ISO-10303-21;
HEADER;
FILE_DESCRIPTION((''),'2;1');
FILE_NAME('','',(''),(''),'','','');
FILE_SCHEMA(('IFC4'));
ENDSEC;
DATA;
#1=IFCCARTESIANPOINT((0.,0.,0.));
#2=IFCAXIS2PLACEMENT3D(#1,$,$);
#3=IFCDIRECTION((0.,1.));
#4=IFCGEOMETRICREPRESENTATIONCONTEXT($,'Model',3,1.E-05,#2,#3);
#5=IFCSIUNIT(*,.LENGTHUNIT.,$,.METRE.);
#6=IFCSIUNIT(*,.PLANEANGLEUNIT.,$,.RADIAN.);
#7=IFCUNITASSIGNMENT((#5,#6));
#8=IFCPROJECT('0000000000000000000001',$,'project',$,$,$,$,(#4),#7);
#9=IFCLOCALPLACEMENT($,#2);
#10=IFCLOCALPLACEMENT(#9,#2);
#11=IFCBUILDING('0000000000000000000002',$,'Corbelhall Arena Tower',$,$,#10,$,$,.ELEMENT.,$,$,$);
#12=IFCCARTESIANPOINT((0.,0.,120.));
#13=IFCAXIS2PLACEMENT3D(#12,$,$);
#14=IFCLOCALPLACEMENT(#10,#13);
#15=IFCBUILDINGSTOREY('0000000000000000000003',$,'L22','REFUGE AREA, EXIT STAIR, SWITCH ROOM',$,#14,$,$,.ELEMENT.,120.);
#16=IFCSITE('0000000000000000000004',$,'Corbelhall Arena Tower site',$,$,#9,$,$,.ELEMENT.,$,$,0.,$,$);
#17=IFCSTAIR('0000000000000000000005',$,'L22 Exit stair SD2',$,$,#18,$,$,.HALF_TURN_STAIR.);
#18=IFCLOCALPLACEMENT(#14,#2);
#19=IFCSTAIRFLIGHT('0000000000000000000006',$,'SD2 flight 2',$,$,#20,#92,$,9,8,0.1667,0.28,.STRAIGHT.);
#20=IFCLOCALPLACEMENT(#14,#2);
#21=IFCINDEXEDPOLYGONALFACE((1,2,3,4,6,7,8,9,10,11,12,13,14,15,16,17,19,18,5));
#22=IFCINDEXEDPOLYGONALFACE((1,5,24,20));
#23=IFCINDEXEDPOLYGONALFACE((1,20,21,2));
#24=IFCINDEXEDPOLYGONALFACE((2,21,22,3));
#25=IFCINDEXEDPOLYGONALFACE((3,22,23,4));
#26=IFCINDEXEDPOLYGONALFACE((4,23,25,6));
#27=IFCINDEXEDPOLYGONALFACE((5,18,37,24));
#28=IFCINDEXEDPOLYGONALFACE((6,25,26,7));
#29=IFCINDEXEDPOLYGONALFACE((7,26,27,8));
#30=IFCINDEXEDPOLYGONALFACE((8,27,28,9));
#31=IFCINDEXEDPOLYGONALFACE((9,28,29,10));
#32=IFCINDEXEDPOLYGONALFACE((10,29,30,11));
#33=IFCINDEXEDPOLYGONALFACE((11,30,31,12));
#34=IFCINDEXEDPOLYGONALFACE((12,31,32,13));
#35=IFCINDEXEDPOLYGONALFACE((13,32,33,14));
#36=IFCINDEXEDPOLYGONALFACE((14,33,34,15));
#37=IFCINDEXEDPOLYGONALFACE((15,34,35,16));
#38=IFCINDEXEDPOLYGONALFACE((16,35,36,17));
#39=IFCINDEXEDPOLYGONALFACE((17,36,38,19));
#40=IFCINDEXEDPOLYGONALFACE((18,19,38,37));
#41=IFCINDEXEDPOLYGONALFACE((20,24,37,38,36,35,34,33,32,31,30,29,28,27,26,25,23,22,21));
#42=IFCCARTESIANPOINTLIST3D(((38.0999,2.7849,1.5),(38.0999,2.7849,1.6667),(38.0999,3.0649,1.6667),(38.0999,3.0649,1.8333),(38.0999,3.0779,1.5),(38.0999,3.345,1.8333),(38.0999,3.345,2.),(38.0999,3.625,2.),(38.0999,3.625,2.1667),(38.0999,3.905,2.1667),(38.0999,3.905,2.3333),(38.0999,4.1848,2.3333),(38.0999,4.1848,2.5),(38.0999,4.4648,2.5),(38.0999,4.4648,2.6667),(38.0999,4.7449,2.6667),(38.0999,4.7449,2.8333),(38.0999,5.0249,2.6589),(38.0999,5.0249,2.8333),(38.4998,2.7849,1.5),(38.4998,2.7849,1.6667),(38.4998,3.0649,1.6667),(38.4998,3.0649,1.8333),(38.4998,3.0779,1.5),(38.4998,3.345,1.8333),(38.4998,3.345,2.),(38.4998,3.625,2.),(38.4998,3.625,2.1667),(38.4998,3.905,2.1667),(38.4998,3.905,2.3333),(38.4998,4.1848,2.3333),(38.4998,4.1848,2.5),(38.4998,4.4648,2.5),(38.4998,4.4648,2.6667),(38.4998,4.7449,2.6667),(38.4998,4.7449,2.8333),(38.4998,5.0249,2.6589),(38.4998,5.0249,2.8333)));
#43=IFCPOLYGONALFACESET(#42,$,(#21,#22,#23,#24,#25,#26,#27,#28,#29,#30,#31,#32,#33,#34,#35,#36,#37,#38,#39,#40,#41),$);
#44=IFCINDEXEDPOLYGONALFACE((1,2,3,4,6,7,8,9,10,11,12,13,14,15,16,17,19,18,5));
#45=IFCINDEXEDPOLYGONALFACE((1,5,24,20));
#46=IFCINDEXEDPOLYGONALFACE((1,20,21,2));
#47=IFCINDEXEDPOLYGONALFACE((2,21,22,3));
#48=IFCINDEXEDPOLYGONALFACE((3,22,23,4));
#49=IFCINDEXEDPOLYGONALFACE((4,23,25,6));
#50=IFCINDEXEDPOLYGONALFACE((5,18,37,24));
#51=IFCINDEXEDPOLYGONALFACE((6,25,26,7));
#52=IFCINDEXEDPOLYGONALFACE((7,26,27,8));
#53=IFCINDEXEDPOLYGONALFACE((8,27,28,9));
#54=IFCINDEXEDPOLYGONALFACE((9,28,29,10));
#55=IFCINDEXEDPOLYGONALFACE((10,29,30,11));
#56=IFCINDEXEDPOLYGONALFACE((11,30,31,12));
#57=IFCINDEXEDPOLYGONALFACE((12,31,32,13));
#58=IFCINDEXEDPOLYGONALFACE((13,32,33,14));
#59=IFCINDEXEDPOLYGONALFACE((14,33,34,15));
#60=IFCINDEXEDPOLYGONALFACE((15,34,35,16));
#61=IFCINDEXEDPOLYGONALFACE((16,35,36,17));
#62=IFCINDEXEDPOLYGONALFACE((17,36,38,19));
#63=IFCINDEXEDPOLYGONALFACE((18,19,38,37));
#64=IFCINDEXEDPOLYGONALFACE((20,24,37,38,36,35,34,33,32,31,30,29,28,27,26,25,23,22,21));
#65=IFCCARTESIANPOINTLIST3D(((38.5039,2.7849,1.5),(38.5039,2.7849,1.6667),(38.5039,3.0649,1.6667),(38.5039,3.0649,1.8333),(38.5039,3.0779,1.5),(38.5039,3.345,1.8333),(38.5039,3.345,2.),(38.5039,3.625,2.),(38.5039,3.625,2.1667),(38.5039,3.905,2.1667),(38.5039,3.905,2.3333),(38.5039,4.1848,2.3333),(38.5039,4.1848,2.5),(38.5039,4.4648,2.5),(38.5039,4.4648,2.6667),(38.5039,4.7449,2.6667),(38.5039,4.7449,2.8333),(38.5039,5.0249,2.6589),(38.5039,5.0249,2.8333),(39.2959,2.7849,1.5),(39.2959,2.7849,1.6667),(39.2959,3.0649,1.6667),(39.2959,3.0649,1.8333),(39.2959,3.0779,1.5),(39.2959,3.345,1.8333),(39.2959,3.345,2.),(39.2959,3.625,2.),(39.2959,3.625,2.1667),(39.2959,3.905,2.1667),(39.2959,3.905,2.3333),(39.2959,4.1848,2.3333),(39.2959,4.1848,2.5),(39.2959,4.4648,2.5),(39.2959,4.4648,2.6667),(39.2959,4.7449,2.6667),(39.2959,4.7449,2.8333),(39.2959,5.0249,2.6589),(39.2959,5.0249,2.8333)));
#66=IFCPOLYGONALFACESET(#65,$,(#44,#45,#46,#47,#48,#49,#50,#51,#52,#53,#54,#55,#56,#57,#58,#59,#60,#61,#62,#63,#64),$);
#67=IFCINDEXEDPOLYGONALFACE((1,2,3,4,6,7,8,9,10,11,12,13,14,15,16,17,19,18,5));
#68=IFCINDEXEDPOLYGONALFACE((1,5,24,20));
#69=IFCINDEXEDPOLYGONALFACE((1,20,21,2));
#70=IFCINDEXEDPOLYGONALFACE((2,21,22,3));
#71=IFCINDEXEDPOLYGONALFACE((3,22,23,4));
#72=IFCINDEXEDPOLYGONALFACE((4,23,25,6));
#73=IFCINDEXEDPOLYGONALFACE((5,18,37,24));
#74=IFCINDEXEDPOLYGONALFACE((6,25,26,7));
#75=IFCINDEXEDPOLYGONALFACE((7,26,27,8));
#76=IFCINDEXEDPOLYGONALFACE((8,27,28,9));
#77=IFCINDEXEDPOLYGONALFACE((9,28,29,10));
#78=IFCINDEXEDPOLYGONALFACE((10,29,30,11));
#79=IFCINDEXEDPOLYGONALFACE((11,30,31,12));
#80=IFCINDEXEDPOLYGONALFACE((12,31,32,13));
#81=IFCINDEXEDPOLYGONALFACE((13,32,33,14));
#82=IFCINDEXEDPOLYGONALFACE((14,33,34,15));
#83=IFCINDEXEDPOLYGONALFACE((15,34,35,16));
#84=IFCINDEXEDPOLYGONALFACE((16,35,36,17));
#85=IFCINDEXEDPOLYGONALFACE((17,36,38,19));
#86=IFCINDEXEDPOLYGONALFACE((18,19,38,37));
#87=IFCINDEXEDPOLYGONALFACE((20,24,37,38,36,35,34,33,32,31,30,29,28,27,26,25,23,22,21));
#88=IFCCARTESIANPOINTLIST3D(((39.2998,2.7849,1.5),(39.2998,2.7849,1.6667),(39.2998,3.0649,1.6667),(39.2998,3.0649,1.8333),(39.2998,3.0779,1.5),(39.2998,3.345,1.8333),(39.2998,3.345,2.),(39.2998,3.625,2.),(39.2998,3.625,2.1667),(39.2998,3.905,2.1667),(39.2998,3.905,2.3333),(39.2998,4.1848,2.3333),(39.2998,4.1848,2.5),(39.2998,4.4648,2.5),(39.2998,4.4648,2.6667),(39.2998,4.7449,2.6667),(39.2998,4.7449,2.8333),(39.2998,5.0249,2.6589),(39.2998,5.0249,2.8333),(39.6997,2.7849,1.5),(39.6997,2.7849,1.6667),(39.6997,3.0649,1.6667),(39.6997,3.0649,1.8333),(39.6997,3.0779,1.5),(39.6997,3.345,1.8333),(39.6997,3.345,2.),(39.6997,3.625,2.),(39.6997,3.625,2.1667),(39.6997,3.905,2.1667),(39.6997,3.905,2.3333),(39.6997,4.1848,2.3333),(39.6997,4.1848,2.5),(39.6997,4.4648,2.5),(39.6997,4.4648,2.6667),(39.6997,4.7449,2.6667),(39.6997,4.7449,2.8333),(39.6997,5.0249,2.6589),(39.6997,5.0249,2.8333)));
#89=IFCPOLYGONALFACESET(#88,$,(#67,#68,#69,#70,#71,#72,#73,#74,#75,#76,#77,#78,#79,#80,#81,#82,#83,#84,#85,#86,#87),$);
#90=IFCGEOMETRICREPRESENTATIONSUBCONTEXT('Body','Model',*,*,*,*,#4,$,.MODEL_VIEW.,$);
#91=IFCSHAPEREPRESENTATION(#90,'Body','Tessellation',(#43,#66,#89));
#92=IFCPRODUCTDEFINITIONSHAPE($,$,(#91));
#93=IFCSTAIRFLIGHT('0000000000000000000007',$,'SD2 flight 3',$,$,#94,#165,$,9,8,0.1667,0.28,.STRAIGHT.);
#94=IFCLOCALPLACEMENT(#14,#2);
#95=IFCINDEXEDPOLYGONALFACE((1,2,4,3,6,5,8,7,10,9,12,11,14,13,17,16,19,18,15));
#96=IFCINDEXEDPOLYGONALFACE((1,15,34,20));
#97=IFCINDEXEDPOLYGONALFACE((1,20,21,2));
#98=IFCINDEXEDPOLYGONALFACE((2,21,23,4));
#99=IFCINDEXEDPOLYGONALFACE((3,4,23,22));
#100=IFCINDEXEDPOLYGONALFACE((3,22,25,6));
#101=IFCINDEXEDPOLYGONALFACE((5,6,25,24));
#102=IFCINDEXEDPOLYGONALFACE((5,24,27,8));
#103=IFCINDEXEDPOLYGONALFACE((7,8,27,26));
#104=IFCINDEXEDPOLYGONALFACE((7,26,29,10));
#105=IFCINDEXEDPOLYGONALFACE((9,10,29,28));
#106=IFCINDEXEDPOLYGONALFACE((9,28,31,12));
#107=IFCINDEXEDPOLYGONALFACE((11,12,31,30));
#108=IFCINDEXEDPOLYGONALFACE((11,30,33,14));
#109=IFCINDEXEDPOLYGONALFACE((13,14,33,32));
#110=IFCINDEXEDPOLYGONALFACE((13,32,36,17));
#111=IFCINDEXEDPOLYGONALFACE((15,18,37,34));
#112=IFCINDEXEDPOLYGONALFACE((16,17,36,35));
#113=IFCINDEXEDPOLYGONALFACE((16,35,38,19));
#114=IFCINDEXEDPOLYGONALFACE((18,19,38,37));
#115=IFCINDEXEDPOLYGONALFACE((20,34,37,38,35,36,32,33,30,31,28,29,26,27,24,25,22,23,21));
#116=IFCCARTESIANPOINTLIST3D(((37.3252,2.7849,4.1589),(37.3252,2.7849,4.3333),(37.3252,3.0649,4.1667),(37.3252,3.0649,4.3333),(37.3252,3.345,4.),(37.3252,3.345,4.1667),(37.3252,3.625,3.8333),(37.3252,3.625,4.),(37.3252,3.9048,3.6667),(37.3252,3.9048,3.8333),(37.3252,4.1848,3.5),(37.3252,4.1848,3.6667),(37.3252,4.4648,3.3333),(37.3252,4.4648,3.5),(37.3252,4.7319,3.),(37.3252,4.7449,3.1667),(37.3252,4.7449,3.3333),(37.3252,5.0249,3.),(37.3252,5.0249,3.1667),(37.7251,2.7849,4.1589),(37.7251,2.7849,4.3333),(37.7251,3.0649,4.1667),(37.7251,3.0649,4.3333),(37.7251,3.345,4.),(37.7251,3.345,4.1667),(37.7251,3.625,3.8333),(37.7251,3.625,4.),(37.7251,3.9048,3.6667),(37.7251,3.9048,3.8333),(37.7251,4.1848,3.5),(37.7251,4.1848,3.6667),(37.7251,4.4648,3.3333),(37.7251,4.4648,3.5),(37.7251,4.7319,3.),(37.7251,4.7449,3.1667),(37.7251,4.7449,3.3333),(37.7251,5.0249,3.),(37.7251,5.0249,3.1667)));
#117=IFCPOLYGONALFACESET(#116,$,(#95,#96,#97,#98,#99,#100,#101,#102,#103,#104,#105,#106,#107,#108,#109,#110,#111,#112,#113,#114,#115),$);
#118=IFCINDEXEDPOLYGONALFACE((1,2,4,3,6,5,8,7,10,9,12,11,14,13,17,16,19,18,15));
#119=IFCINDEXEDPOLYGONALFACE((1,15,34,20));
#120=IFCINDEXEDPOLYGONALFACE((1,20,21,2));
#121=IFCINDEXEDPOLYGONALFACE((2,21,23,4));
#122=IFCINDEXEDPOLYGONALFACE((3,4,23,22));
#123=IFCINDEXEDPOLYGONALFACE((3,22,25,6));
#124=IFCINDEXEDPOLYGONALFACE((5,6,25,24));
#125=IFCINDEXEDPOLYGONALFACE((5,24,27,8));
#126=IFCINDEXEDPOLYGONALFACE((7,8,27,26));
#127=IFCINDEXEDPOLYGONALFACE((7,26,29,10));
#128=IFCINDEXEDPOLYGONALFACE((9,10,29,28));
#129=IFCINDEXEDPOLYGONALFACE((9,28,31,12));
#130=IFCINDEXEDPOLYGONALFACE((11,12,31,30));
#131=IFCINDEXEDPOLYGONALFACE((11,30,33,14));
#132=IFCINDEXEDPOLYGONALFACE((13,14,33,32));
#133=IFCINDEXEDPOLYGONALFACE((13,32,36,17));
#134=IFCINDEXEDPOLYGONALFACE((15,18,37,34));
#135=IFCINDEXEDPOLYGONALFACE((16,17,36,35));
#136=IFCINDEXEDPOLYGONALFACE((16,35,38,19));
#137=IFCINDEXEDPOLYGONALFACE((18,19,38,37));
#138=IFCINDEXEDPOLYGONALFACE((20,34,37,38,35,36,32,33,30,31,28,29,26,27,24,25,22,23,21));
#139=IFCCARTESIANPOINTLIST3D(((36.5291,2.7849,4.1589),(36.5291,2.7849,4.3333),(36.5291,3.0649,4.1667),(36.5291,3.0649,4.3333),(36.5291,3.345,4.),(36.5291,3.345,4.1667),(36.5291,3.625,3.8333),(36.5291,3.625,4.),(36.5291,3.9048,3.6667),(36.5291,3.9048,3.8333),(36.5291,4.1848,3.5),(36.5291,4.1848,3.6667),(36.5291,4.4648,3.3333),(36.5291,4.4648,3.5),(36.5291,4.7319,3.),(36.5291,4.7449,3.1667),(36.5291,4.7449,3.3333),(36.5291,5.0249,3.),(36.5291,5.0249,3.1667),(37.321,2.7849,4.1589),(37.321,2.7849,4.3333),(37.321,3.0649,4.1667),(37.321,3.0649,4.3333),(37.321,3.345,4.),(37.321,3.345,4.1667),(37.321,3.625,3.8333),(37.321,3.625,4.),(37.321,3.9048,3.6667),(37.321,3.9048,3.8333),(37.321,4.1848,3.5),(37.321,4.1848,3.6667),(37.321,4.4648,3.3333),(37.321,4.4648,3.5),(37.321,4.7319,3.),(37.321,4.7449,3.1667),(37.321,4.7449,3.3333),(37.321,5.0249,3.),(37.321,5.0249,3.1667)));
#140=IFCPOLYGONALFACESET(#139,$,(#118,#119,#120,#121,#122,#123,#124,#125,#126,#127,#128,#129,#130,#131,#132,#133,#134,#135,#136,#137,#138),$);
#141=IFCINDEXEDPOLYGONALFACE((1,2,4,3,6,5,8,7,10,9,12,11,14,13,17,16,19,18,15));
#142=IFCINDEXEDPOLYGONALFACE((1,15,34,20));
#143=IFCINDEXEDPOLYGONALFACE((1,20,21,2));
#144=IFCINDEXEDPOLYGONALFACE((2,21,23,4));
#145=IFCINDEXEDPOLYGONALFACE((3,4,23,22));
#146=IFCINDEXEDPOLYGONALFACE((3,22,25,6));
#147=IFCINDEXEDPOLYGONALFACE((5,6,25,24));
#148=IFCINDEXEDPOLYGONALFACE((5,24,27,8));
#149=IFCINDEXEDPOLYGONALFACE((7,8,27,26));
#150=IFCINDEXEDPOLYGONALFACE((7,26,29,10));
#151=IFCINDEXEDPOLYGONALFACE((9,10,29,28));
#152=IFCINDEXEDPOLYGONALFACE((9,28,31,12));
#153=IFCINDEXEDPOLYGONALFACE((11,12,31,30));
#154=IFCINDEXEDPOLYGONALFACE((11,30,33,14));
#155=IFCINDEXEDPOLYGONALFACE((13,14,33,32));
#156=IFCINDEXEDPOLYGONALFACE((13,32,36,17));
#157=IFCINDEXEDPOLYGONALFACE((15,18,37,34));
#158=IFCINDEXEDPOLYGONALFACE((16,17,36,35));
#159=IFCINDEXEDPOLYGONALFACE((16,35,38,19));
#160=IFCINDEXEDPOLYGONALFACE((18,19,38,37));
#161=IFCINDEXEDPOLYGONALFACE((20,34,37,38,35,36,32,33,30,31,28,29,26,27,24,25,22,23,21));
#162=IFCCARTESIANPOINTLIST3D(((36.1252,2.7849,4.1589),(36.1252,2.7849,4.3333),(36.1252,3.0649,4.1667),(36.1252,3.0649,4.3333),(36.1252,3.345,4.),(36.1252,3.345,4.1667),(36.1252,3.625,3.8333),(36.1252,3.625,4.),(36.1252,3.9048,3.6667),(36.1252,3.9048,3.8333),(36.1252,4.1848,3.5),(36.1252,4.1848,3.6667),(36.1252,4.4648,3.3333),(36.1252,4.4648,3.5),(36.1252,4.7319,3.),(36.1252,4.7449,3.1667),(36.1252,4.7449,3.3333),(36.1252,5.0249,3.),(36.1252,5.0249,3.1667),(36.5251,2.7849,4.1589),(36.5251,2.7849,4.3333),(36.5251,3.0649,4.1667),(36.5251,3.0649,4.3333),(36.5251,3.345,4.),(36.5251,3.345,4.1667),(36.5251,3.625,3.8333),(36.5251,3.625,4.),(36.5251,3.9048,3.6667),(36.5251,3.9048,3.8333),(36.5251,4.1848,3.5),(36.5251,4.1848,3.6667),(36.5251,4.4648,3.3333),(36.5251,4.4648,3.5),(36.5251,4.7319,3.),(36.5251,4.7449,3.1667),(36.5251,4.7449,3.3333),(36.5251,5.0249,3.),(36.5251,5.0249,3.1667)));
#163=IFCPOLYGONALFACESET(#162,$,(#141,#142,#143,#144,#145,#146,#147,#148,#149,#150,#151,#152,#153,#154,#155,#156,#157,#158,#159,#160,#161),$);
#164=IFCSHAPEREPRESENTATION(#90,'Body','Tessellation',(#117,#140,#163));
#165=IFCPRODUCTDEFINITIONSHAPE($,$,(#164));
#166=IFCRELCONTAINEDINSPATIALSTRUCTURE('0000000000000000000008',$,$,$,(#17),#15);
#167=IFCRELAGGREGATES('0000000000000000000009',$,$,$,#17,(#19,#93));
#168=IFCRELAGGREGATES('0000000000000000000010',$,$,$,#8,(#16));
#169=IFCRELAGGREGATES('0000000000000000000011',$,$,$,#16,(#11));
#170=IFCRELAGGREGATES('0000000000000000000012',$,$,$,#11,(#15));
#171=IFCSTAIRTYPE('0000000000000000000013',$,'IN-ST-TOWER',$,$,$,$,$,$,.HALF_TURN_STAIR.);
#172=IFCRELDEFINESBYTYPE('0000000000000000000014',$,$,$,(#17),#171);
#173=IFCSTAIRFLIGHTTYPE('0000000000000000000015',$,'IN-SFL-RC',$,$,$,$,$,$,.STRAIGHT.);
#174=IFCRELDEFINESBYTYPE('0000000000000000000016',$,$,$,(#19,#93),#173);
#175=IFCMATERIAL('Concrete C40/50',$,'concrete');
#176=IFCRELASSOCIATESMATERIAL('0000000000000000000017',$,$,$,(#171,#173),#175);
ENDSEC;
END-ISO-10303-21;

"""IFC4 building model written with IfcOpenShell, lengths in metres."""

from ifc_helpers import new_model, si_unit, direction, frame, origin, place, context, subcontext, project, spatial, polyline, outline, extrude, material, type_object, element, aggregate, save


model = new_model("IFC4")

# Units and contexts
model_context = context("Model", 3, precision=1e-05, world=origin(), true_north=direction((0.0, 1.0)))
body_context = subcontext(model_context, "Body", "Model", "MODEL_VIEW")
ifc_project = project(units=[si_unit("LENGTHUNIT", "METRE"), si_unit("PLANEANGLEUNIT", "RADIAN")], contexts=[model_context])

# Site, building, storey
site_placement = place(None, origin())
site = spatial("IfcSite", under=ifc_project, at=site_placement, Name="Corbelhall Arena Tower site", CompositionType="ELEMENT", RefElevation=0.0)
building_placement = place(site_placement, origin())
building = spatial("IfcBuilding", under=site, at=building_placement, Name="Corbelhall Arena Tower", CompositionType="ELEMENT")
storey_placement = place(building_placement, frame((0.0, 0.0, 120.0)))
storey = spatial("IfcBuildingStorey", under=building, at=storey_placement, Name="L22", Description="REFUGE AREA, EXIT STAIR, SWITCH ROOM", CompositionType="ELEMENT", Elevation=120.0)

# Shared definitions
ifc_material_1 = material(Name="Concrete C40/50", Category="concrete")

# Stair, stair flights
stair_type = type_object("IfcStairType", Name="IN-ST-TOWER", PredefinedType="HALF_TURN_STAIR", material=ifc_material_1)
stair_placement = place(storey_placement, origin())
stair = element("IfcStair", 1, at=stair_placement, inside=storey, type_object=stair_type, Name="L22 Exit stair SD2", PredefinedType="HALF_TURN_STAIR")
stair_flight_type = type_object("IfcStairFlightType", Name="IN-SFL-RC", PredefinedType="STRAIGHT", material=ifc_material_1)
stair_flight_1_placement = place(storey_placement, frame((38.8999, 2.7849, 1.5), z_axis=(0.0, 0.0, 1.0), x_axis=(0.0, 1.0, 0.0)))
stair_flight_1 = element("IfcStairFlight", 2, at=stair_flight_1_placement, type_object=stair_flight_type, Name="SD2 flight 2", NumberOfRisers=9, NumberOfTreads=8, PredefinedType="STRAIGHT", RiserHeight=0.1667, TreadLength=0.28, context=body_context, shape_type="SweptSolid", body=[
    extrude(outline(polyline([(0.0, 0.0), (0.0, 0.1667), (0.28, 0.1667), (0.28, 0.3333), (0.5601, 0.3333), (0.5601, 0.5), (0.8401, 0.5), (0.8401, 0.6667), (1.1201, 0.6667), (1.1201, 0.8333), (1.3999, 0.8333), (1.3999, 1.0), (1.6799, 1.0), (1.6799, 1.1667), (1.96, 1.1667), (1.96, 1.3333), (2.24, 1.3333), (2.24, 1.5), (2.24, 1.1589), (0.293, 0.0), (0.0, 0.0)])), frame((0.0, 0.8, 0.0), z_axis=(0.0, -1.0, 0.0), x_axis=(1.0, 0.0, 0.0)), (0.0, 0.0, 1.0), 0.3999),
    extrude(outline(polyline([(0.0, 0.0), (0.0, 0.1667), (0.28, 0.1667), (0.28, 0.3333), (0.5601, 0.3333), (0.5601, 0.5), (0.8401, 0.5), (0.8401, 0.6667), (1.1201, 0.6667), (1.1201, 0.8333), (1.3999, 0.8333), (1.3999, 1.0), (1.6799, 1.0), (1.6799, 1.1667), (1.96, 1.1667), (1.96, 1.3333), (2.24, 1.3333), (2.24, 1.5), (2.24, 1.1589), (0.293, 0.0), (0.0, 0.0)])), frame((0.0, 0.396, 0.0), z_axis=(0.0, -1.0, 0.0), x_axis=(1.0, 0.0, 0.0)), (0.0, 0.0, 1.0), 0.792),
    extrude(outline(polyline([(0.0, 0.0), (0.0, 0.1667), (0.28, 0.1667), (0.28, 0.3333), (0.5601, 0.3333), (0.5601, 0.5), (0.8401, 0.5), (0.8401, 0.6667), (1.1201, 0.6667), (1.1201, 0.8333), (1.3999, 0.8333), (1.3999, 1.0), (1.6799, 1.0), (1.6799, 1.1667), (1.96, 1.1667), (1.96, 1.3333), (2.24, 1.3333), (2.24, 1.5), (2.24, 1.1589), (0.293, 0.0), (0.0, 0.0)])), frame((0.0, -0.3999, 0.0), z_axis=(0.0, -1.0, 0.0), x_axis=(1.0, 0.0, 0.0)), (0.0, 0.0, 1.0), 0.3999),
])
stair_flight_2_placement = place(storey_placement, frame((36.925, 5.0249, 3.0), z_axis=(0.0, 0.0, 1.0), x_axis=(0.0, -1.0, 0.0)))
stair_flight_2 = element("IfcStairFlight", 3, at=stair_flight_2_placement, type_object=stair_flight_type, Name="SD2 flight 3", NumberOfRisers=9, NumberOfTreads=8, PredefinedType="STRAIGHT", RiserHeight=0.1667, TreadLength=0.28, context=body_context, shape_type="SweptSolid", body=[
    extrude(outline(polyline([(0.0, 0.0), (0.0, 0.1667), (0.28, 0.1667), (0.28, 0.3333), (0.5601, 0.3333), (0.5601, 0.5), (0.8401, 0.5), (0.8401, 0.6667), (1.1201, 0.6667), (1.1201, 0.8333), (1.3999, 0.8333), (1.3999, 1.0), (1.6799, 1.0), (1.6799, 1.1667), (1.96, 1.1667), (1.96, 1.3333), (2.24, 1.3333), (2.24, 1.5), (2.24, 1.1589), (0.293, 0.0), (0.0, 0.0)])), frame((0.0, 0.8, 0.0), z_axis=(0.0, -1.0, 0.0), x_axis=(1.0, 0.0, 0.0)), (0.0, 0.0, 1.0), 0.3999),
    extrude(outline(polyline([(0.0, 0.0), (0.0, 0.1667), (0.28, 0.1667), (0.28, 0.3333), (0.5601, 0.3333), (0.5601, 0.5), (0.8401, 0.5), (0.8401, 0.6667), (1.1201, 0.6667), (1.1201, 0.8333), (1.3999, 0.8333), (1.3999, 1.0), (1.6799, 1.0), (1.6799, 1.1667), (1.96, 1.1667), (1.96, 1.3333), (2.24, 1.3333), (2.24, 1.5), (2.24, 1.1589), (0.293, 0.0), (0.0, 0.0)])), frame((0.0, 0.396, 0.0), z_axis=(0.0, -1.0, 0.0), x_axis=(1.0, 0.0, 0.0)), (0.0, 0.0, 1.0), 0.792),
    extrude(outline(polyline([(0.0, 0.0), (0.0, 0.1667), (0.28, 0.1667), (0.28, 0.3333), (0.5601, 0.3333), (0.5601, 0.5), (0.8401, 0.5), (0.8401, 0.6667), (1.1201, 0.6667), (1.1201, 0.8333), (1.3999, 0.8333), (1.3999, 1.0), (1.6799, 1.0), (1.6799, 1.1667), (1.96, 1.1667), (1.96, 1.3333), (2.24, 1.3333), (2.24, 1.5), (2.24, 1.1589), (0.293, 0.0), (0.0, 0.0)])), frame((0.0, -0.3999, 0.0), z_axis=(0.0, -1.0, 0.0), x_axis=(1.0, 0.0, 0.0)), (0.0, 0.0, 1.0), 0.3999),
])
aggregate(stair, [stair_flight_1, stair_flight_2])

save(model, "model.ifc")
